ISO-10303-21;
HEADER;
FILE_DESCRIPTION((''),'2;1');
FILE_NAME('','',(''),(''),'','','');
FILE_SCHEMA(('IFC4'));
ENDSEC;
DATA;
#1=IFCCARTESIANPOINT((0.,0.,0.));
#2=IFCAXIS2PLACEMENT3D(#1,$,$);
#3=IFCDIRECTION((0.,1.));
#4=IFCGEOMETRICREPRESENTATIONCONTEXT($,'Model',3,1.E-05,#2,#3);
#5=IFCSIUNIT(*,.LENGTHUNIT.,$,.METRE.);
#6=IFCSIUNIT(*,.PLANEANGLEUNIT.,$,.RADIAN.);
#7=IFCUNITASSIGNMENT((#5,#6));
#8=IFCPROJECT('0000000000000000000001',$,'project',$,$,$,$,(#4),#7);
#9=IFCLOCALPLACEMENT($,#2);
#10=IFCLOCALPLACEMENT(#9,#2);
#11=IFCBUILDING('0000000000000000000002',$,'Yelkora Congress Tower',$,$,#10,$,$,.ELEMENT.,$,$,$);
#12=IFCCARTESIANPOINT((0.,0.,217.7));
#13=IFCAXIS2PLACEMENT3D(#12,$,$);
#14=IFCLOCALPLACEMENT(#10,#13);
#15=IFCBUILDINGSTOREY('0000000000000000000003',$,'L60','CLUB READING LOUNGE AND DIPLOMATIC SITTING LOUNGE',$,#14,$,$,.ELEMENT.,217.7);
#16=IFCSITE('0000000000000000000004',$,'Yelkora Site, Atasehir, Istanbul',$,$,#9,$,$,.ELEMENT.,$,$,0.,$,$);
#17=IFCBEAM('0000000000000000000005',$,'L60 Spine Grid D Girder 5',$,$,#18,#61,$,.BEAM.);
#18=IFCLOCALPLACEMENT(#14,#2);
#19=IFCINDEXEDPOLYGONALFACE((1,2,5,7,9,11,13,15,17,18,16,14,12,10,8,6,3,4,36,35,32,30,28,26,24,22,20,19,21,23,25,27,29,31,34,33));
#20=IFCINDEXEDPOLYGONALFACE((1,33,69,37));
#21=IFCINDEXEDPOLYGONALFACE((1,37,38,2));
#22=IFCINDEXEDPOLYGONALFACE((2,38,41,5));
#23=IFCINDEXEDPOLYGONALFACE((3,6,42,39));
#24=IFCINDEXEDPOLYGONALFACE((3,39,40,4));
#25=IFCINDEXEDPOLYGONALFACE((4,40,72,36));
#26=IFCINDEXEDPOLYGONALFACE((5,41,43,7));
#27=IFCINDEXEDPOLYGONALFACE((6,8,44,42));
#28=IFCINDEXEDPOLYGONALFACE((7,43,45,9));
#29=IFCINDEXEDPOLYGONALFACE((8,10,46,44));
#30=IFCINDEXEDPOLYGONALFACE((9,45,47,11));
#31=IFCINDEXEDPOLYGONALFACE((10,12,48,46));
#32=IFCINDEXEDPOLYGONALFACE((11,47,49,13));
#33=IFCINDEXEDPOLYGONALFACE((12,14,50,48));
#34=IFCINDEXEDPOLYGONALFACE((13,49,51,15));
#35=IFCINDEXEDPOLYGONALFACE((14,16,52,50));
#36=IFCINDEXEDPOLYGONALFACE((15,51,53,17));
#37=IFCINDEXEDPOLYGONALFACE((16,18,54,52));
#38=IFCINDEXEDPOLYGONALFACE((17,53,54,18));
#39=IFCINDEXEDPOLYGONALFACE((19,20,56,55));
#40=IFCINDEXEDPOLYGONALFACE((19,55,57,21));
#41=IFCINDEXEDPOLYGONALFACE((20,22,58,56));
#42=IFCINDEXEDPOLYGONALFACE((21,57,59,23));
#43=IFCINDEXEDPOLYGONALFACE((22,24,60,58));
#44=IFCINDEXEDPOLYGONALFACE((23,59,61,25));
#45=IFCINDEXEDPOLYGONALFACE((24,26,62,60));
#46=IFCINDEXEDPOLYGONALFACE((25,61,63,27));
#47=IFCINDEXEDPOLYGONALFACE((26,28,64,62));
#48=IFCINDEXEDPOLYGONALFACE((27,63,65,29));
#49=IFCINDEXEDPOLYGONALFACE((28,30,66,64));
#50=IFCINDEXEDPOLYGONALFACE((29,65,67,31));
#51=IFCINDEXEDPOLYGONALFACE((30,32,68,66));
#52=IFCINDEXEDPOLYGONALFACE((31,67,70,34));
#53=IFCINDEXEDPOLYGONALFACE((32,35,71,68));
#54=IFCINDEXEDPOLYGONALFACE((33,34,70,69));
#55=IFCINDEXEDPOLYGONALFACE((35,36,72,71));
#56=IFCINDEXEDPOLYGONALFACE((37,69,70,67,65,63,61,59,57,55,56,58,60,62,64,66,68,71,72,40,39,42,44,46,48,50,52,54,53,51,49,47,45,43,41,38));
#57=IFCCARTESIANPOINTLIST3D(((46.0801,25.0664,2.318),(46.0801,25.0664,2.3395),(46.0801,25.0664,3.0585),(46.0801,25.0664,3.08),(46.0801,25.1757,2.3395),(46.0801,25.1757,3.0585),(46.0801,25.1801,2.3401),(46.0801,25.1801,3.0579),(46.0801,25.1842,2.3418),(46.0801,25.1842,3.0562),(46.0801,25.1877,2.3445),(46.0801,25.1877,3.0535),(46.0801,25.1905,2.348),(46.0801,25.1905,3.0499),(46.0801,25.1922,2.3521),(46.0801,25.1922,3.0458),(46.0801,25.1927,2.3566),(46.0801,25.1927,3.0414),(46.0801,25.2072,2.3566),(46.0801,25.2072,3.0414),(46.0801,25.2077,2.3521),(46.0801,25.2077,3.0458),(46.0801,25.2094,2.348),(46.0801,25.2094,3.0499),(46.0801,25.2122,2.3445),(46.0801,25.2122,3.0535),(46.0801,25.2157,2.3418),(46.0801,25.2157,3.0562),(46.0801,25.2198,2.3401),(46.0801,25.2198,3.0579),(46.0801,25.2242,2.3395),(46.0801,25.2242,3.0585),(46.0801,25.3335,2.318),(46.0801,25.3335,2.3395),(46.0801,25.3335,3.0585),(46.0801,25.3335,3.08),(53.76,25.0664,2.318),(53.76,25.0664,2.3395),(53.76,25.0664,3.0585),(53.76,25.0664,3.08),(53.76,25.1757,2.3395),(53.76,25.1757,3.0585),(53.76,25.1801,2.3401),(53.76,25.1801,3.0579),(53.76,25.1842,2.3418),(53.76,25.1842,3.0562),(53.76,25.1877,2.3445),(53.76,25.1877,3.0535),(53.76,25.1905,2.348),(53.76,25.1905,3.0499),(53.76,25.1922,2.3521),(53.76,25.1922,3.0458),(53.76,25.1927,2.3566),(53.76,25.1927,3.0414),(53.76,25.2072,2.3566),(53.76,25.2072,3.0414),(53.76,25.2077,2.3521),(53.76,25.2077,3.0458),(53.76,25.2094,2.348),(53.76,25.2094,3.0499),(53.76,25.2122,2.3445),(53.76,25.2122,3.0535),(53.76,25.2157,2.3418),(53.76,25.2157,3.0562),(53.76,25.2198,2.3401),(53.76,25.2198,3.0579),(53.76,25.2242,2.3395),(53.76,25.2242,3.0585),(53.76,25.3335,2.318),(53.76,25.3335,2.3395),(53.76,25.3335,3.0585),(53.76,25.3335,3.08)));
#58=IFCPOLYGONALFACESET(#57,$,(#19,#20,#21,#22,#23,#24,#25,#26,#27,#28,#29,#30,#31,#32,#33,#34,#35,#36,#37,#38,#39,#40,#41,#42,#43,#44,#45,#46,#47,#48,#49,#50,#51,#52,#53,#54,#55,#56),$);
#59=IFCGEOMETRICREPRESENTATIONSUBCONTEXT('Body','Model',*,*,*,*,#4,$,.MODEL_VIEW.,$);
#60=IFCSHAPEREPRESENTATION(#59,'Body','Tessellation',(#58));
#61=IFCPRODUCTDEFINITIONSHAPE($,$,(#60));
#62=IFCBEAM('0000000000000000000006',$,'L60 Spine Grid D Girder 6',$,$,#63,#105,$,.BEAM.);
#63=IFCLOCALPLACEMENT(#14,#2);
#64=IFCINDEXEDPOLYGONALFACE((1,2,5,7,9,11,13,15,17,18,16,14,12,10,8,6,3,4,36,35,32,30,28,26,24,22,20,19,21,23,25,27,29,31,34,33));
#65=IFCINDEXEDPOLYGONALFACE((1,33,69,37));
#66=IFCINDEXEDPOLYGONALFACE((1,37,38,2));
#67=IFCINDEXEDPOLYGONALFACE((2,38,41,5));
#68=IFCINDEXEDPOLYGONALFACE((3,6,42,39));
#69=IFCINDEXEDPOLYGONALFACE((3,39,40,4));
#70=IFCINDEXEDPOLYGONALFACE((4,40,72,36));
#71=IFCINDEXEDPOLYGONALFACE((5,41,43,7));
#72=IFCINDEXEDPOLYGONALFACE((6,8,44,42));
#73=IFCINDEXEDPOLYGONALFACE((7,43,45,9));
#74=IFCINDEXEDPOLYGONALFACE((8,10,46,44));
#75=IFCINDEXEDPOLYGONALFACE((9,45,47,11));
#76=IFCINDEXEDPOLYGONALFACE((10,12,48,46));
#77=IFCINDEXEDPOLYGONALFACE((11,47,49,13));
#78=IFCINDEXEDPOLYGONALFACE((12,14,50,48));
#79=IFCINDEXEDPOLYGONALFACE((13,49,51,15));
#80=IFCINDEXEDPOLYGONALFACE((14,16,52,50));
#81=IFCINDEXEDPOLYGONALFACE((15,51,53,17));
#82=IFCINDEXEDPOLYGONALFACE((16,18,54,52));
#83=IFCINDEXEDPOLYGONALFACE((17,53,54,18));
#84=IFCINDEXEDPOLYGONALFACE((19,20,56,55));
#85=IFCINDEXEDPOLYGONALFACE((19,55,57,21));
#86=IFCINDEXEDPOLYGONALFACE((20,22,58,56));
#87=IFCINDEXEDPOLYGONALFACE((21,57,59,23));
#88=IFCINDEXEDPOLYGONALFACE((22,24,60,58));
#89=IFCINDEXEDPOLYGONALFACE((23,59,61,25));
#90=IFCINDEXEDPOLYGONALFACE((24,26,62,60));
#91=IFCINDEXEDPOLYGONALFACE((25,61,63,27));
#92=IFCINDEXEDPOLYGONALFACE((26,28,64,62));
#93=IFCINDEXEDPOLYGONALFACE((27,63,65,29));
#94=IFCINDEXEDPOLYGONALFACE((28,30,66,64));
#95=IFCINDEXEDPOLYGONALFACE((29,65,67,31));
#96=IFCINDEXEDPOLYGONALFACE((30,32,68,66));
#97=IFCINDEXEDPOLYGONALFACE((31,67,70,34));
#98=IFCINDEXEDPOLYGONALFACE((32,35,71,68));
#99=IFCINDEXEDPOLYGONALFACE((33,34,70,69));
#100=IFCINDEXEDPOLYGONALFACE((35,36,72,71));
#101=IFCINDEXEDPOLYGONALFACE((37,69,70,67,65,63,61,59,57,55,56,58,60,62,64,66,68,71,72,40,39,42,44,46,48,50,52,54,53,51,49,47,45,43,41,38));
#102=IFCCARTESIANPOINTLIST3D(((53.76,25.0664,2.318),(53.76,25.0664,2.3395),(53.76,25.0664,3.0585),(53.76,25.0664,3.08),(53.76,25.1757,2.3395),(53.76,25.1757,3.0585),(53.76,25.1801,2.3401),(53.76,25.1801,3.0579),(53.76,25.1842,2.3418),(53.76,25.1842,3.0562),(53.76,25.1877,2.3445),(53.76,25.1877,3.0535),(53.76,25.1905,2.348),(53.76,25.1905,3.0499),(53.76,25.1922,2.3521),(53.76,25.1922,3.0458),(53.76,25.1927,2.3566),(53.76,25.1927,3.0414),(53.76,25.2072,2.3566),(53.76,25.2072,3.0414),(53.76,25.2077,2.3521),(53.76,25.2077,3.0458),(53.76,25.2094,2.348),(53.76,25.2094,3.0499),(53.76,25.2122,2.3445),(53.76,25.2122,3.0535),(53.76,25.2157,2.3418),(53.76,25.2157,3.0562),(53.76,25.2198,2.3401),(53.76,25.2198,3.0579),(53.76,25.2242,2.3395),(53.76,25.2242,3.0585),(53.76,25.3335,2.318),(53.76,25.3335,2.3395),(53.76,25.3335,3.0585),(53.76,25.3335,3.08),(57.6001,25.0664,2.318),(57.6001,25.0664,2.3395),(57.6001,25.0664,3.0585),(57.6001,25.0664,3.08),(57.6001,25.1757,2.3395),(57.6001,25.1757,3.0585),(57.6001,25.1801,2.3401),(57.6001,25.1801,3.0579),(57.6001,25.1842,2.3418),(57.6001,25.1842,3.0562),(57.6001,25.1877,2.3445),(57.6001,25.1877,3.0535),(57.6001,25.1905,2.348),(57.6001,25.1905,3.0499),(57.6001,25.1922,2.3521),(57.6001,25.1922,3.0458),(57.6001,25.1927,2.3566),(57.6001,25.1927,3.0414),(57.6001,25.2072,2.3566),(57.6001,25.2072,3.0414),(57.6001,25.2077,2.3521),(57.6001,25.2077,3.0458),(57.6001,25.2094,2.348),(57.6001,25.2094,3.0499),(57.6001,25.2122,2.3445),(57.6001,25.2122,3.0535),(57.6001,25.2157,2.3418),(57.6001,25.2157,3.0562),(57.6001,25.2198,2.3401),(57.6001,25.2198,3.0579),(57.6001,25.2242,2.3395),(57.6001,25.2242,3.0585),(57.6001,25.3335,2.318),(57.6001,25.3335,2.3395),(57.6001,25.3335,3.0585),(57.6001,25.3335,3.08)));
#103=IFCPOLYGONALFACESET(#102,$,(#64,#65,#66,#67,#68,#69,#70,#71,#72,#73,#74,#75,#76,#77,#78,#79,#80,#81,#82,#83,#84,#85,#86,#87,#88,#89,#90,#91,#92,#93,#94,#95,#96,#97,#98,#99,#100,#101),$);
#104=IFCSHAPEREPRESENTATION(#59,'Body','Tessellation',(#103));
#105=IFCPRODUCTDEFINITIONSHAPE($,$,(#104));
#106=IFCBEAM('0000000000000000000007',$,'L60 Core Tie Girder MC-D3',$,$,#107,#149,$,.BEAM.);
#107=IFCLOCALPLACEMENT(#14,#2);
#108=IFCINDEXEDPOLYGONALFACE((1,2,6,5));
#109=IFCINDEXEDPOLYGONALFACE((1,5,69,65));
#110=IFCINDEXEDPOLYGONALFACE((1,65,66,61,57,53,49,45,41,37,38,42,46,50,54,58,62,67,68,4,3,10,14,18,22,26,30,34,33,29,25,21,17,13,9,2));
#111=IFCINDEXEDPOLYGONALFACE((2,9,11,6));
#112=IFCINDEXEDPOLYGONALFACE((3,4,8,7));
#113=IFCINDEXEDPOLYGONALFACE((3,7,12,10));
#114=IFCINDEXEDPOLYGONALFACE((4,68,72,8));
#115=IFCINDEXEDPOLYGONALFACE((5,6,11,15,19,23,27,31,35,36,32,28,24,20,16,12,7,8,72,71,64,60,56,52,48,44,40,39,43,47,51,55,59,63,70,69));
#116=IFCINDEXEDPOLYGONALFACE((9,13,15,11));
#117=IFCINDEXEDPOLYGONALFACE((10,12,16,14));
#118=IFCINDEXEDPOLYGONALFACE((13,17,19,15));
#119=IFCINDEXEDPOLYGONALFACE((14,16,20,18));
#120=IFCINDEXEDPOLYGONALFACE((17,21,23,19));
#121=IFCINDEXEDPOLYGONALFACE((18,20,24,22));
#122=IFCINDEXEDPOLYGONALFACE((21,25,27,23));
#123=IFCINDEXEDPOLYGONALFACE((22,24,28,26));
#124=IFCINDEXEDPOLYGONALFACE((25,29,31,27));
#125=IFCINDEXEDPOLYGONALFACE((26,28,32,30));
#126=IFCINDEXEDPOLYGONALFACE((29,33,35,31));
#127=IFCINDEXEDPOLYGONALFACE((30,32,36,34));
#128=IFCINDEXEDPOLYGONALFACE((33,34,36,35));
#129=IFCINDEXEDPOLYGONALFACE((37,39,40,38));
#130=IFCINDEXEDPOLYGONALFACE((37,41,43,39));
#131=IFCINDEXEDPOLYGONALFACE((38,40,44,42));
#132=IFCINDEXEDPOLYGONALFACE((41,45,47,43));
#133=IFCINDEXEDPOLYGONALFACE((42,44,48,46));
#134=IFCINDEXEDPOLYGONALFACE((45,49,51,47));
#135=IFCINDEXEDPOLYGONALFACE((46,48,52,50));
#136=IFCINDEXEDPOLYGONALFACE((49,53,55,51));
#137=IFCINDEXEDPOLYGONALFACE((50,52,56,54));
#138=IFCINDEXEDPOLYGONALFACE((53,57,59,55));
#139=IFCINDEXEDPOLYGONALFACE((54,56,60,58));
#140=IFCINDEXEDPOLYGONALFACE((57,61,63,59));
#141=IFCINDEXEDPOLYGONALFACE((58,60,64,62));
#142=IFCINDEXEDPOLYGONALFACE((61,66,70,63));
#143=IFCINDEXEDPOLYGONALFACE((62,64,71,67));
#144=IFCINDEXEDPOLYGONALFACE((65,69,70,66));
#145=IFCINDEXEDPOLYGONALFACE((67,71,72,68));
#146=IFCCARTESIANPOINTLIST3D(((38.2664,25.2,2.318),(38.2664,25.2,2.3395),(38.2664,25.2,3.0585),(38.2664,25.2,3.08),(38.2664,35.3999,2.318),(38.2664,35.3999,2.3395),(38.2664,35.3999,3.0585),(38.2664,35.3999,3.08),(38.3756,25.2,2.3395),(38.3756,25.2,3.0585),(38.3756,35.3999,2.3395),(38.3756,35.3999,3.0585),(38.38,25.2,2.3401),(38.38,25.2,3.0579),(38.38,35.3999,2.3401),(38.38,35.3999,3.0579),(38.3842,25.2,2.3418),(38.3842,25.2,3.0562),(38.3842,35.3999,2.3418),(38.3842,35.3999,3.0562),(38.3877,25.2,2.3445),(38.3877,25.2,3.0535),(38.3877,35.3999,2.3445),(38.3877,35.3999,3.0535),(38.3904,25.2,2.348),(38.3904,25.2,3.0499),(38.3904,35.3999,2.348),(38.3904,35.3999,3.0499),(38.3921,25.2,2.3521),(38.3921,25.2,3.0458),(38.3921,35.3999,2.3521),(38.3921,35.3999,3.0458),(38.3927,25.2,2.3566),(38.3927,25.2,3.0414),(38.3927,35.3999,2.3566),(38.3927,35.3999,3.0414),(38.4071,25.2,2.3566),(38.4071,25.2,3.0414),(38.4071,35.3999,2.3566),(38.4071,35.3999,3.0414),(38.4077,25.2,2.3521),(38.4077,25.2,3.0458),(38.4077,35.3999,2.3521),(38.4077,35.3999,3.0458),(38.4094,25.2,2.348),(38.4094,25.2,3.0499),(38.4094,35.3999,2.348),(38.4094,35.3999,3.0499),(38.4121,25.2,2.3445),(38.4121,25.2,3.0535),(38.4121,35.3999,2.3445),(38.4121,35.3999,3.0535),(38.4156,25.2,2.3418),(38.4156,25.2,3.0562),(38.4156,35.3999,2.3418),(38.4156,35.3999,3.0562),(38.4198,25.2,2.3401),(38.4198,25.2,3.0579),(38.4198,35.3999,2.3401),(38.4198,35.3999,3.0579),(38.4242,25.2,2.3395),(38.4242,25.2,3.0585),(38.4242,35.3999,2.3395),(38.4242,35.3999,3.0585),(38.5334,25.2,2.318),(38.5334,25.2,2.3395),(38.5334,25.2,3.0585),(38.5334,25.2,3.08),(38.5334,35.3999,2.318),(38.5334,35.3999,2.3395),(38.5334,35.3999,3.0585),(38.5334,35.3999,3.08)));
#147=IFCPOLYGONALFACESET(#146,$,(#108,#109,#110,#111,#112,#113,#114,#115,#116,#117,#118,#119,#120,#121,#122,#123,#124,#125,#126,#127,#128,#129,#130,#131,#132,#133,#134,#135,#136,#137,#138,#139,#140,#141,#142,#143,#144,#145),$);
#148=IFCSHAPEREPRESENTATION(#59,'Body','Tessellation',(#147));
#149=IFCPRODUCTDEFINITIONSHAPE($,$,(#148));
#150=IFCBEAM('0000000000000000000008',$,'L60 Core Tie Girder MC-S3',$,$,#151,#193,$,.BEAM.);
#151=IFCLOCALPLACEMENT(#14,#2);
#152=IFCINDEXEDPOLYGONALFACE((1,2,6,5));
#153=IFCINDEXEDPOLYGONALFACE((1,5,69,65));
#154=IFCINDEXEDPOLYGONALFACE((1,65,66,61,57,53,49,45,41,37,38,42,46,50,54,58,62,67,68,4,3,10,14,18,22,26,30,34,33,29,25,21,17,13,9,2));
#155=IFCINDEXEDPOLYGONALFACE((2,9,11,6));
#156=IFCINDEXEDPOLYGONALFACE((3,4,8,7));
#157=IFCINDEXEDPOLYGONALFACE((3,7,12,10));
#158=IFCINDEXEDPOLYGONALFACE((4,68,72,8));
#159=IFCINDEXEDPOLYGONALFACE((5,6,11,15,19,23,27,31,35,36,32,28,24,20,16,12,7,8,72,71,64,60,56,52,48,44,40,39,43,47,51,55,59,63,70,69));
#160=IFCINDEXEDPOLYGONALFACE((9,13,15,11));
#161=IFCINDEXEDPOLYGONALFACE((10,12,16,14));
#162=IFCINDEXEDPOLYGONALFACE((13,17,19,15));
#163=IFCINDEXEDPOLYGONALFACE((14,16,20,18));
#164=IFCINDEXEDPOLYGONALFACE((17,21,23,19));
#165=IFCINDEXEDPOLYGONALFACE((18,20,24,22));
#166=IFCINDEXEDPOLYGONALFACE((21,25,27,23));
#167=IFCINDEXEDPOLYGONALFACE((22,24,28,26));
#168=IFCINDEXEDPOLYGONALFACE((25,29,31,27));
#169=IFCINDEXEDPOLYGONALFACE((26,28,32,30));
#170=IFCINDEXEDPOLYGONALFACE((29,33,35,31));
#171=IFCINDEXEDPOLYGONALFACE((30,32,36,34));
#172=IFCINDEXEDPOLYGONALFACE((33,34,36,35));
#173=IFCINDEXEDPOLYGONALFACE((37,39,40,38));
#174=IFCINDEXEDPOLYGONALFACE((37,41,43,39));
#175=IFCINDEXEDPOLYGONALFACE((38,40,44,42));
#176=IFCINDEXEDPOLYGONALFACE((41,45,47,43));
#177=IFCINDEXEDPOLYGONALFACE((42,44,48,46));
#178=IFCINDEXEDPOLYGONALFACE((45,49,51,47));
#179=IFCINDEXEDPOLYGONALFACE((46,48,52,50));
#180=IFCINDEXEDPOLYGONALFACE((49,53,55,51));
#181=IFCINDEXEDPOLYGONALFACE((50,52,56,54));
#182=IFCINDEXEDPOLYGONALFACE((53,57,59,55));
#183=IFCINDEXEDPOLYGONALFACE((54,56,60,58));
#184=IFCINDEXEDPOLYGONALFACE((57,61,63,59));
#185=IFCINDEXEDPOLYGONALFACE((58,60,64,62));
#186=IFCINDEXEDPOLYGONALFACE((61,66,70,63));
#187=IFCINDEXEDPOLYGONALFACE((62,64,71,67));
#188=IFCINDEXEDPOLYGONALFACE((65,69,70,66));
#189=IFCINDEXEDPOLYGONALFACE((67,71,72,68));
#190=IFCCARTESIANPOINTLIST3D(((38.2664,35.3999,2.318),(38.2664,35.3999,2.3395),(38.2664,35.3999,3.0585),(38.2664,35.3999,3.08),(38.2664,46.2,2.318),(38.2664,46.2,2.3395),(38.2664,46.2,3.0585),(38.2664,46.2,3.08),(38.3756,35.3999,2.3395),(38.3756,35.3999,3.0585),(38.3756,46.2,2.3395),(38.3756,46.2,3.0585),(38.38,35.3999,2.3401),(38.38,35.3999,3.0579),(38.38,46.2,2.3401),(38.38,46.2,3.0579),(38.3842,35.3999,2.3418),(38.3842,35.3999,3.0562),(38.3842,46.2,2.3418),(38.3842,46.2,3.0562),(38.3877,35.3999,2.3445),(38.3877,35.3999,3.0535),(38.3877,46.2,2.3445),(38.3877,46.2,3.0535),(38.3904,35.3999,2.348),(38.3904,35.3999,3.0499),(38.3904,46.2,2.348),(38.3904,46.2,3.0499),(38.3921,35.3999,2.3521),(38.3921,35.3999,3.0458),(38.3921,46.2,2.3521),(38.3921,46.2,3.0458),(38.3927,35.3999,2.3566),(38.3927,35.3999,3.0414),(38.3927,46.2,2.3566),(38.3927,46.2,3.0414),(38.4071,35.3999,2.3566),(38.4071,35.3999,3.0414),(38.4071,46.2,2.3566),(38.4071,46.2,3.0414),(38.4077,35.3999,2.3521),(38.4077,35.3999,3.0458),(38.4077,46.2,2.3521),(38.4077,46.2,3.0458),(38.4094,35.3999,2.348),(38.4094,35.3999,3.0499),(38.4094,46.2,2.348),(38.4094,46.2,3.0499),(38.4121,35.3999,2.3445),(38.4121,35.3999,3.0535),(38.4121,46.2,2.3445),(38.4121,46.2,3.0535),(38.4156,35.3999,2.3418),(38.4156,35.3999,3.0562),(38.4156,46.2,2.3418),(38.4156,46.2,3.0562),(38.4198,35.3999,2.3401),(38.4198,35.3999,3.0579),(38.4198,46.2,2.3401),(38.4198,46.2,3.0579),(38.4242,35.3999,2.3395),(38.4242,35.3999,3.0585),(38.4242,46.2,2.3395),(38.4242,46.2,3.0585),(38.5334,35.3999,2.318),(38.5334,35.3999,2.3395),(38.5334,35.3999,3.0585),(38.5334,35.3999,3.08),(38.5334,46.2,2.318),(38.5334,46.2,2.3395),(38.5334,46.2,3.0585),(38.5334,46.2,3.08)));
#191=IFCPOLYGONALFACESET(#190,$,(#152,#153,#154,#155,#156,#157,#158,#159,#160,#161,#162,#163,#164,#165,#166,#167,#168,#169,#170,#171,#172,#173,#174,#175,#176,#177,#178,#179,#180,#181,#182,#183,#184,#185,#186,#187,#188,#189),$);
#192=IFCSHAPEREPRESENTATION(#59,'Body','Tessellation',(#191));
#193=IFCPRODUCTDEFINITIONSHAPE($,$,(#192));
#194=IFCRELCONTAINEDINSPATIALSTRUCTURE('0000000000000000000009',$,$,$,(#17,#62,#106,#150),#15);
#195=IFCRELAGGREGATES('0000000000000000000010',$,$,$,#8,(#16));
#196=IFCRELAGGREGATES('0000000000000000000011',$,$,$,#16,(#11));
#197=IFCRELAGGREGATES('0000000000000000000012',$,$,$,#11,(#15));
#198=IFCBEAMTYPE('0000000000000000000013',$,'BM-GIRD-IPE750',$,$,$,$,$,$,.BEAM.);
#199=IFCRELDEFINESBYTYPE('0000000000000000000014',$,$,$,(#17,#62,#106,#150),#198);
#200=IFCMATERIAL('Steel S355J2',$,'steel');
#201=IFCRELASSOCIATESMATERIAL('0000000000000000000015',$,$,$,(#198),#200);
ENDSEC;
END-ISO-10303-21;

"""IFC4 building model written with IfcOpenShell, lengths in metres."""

from ifc_helpers import new_model, si_unit, direction, frame, origin, origin_2d, place, context, subcontext, project, spatial, i_section, extrude, material, material_profile, profile_set, type_object, element, save


model = new_model("IFC4")

# Units and contexts
model_context = context("Model", 3, precision=1e-05, world=origin(), true_north=direction((0.0, 1.0)))
body_context = subcontext(model_context, "Body", "Model", "MODEL_VIEW")
ifc_project = project(units=[si_unit("LENGTHUNIT", "METRE"), si_unit("PLANEANGLEUNIT", "RADIAN")], contexts=[model_context])

# Site, building, storey
site_placement = place(None, origin())
site = spatial("IfcSite", under=ifc_project, at=site_placement, Name="Yelkora Site, Atasehir, Istanbul", CompositionType="ELEMENT", RefElevation=0.0)
building_placement = place(site_placement, origin())
building = spatial("IfcBuilding", under=site, at=building_placement, Name="Yelkora Congress Tower", CompositionType="ELEMENT")
storey_placement = place(building_placement, frame((0.0, 0.0, 217.7)))
storey = spatial("IfcBuildingStorey", under=building, at=storey_placement, Name="L60", Description="CLUB READING LOUNGE AND DIPLOMATIC SITTING LOUNGE", CompositionType="ELEMENT", Elevation=217.7)

# Shared definitions
ifc_material_1 = material(Name="Steel S355J2", Category="steel")

# Beams
ifc_material_profile_1 = material_profile(ifc_material_1, i_section(OverallWidth=0.2671, OverallDepth=0.762, WebThickness=0.0144, FlangeThickness=0.0215, FilletRadius=0.0171, at=origin_2d()), Name="IPE 750x173")
ifc_profile_set_1 = profile_set([ifc_material_profile_1], Name="Steel S355J2")
beam_type_1 = type_object("IfcBeamType", Name="BM-GIRD-IPE750", PredefinedType="BEAM", material=ifc_profile_set_1)
beam_1_placement = place(storey_placement, frame((46.0801, 25.2, 2.699), z_axis=(1.0, 0.0, 0.0), x_axis=(0.0, 1.0, 0.0)))
element("IfcBeam", 1, at=beam_1_placement, inside=storey, type_object=beam_type_1, Name="L60 Spine Grid D Girder 5", PredefinedType="BEAM", context=body_context, shape_type="SweptSolid", body=[
    extrude(i_section(OverallWidth=0.2671, OverallDepth=0.762, WebThickness=0.0144, FlangeThickness=0.0215, FilletRadius=0.0171, at=origin_2d()), origin(), (0.0, 0.0, 1.0), 7.6799),
])
beam_2_placement = place(storey_placement, frame((53.76, 25.2, 2.699), z_axis=(1.0, 0.0, 0.0), x_axis=(0.0, 1.0, 0.0)))
element("IfcBeam", 2, at=beam_2_placement, inside=storey, type_object=beam_type_1, Name="L60 Spine Grid D Girder 6", PredefinedType="BEAM", context=body_context, shape_type="SweptSolid", body=[
    extrude(i_section(OverallWidth=0.2671, OverallDepth=0.762, WebThickness=0.0144, FlangeThickness=0.0215, FilletRadius=0.0171, at=origin_2d()), origin(), (0.0, 0.0, 1.0), 3.8401),
])
beam_3_placement = place(storey_placement, frame((38.3999, 25.2, 2.699), z_axis=(0.0, 1.0, 0.0), x_axis=(-1.0, 0.0, 0.0)))
element("IfcBeam", 3, at=beam_3_placement, inside=storey, type_object=beam_type_1, Name="L60 Core Tie Girder MC-D3", PredefinedType="BEAM", context=body_context, shape_type="SweptSolid", body=[
    extrude(i_section(OverallWidth=0.2671, OverallDepth=0.762, WebThickness=0.0144, FlangeThickness=0.0215, FilletRadius=0.0171, at=origin_2d()), origin(), (0.0, 0.0, 1.0), 10.2),
])
beam_4_placement = place(storey_placement, frame((38.3999, 35.3999, 2.699), z_axis=(0.0, 1.0, 0.0), x_axis=(-1.0, 0.0, 0.0)))
element("IfcBeam", 4, at=beam_4_placement, inside=storey, type_object=beam_type_1, Name="L60 Core Tie Girder MC-S3", PredefinedType="BEAM", context=body_context, shape_type="SweptSolid", body=[
    extrude(i_section(OverallWidth=0.2671, OverallDepth=0.762, WebThickness=0.0144, FlangeThickness=0.0215, FilletRadius=0.0171, at=origin_2d()), origin(), (0.0, 0.0, 1.0), 10.8),
])

save(model, "model.ifc")
